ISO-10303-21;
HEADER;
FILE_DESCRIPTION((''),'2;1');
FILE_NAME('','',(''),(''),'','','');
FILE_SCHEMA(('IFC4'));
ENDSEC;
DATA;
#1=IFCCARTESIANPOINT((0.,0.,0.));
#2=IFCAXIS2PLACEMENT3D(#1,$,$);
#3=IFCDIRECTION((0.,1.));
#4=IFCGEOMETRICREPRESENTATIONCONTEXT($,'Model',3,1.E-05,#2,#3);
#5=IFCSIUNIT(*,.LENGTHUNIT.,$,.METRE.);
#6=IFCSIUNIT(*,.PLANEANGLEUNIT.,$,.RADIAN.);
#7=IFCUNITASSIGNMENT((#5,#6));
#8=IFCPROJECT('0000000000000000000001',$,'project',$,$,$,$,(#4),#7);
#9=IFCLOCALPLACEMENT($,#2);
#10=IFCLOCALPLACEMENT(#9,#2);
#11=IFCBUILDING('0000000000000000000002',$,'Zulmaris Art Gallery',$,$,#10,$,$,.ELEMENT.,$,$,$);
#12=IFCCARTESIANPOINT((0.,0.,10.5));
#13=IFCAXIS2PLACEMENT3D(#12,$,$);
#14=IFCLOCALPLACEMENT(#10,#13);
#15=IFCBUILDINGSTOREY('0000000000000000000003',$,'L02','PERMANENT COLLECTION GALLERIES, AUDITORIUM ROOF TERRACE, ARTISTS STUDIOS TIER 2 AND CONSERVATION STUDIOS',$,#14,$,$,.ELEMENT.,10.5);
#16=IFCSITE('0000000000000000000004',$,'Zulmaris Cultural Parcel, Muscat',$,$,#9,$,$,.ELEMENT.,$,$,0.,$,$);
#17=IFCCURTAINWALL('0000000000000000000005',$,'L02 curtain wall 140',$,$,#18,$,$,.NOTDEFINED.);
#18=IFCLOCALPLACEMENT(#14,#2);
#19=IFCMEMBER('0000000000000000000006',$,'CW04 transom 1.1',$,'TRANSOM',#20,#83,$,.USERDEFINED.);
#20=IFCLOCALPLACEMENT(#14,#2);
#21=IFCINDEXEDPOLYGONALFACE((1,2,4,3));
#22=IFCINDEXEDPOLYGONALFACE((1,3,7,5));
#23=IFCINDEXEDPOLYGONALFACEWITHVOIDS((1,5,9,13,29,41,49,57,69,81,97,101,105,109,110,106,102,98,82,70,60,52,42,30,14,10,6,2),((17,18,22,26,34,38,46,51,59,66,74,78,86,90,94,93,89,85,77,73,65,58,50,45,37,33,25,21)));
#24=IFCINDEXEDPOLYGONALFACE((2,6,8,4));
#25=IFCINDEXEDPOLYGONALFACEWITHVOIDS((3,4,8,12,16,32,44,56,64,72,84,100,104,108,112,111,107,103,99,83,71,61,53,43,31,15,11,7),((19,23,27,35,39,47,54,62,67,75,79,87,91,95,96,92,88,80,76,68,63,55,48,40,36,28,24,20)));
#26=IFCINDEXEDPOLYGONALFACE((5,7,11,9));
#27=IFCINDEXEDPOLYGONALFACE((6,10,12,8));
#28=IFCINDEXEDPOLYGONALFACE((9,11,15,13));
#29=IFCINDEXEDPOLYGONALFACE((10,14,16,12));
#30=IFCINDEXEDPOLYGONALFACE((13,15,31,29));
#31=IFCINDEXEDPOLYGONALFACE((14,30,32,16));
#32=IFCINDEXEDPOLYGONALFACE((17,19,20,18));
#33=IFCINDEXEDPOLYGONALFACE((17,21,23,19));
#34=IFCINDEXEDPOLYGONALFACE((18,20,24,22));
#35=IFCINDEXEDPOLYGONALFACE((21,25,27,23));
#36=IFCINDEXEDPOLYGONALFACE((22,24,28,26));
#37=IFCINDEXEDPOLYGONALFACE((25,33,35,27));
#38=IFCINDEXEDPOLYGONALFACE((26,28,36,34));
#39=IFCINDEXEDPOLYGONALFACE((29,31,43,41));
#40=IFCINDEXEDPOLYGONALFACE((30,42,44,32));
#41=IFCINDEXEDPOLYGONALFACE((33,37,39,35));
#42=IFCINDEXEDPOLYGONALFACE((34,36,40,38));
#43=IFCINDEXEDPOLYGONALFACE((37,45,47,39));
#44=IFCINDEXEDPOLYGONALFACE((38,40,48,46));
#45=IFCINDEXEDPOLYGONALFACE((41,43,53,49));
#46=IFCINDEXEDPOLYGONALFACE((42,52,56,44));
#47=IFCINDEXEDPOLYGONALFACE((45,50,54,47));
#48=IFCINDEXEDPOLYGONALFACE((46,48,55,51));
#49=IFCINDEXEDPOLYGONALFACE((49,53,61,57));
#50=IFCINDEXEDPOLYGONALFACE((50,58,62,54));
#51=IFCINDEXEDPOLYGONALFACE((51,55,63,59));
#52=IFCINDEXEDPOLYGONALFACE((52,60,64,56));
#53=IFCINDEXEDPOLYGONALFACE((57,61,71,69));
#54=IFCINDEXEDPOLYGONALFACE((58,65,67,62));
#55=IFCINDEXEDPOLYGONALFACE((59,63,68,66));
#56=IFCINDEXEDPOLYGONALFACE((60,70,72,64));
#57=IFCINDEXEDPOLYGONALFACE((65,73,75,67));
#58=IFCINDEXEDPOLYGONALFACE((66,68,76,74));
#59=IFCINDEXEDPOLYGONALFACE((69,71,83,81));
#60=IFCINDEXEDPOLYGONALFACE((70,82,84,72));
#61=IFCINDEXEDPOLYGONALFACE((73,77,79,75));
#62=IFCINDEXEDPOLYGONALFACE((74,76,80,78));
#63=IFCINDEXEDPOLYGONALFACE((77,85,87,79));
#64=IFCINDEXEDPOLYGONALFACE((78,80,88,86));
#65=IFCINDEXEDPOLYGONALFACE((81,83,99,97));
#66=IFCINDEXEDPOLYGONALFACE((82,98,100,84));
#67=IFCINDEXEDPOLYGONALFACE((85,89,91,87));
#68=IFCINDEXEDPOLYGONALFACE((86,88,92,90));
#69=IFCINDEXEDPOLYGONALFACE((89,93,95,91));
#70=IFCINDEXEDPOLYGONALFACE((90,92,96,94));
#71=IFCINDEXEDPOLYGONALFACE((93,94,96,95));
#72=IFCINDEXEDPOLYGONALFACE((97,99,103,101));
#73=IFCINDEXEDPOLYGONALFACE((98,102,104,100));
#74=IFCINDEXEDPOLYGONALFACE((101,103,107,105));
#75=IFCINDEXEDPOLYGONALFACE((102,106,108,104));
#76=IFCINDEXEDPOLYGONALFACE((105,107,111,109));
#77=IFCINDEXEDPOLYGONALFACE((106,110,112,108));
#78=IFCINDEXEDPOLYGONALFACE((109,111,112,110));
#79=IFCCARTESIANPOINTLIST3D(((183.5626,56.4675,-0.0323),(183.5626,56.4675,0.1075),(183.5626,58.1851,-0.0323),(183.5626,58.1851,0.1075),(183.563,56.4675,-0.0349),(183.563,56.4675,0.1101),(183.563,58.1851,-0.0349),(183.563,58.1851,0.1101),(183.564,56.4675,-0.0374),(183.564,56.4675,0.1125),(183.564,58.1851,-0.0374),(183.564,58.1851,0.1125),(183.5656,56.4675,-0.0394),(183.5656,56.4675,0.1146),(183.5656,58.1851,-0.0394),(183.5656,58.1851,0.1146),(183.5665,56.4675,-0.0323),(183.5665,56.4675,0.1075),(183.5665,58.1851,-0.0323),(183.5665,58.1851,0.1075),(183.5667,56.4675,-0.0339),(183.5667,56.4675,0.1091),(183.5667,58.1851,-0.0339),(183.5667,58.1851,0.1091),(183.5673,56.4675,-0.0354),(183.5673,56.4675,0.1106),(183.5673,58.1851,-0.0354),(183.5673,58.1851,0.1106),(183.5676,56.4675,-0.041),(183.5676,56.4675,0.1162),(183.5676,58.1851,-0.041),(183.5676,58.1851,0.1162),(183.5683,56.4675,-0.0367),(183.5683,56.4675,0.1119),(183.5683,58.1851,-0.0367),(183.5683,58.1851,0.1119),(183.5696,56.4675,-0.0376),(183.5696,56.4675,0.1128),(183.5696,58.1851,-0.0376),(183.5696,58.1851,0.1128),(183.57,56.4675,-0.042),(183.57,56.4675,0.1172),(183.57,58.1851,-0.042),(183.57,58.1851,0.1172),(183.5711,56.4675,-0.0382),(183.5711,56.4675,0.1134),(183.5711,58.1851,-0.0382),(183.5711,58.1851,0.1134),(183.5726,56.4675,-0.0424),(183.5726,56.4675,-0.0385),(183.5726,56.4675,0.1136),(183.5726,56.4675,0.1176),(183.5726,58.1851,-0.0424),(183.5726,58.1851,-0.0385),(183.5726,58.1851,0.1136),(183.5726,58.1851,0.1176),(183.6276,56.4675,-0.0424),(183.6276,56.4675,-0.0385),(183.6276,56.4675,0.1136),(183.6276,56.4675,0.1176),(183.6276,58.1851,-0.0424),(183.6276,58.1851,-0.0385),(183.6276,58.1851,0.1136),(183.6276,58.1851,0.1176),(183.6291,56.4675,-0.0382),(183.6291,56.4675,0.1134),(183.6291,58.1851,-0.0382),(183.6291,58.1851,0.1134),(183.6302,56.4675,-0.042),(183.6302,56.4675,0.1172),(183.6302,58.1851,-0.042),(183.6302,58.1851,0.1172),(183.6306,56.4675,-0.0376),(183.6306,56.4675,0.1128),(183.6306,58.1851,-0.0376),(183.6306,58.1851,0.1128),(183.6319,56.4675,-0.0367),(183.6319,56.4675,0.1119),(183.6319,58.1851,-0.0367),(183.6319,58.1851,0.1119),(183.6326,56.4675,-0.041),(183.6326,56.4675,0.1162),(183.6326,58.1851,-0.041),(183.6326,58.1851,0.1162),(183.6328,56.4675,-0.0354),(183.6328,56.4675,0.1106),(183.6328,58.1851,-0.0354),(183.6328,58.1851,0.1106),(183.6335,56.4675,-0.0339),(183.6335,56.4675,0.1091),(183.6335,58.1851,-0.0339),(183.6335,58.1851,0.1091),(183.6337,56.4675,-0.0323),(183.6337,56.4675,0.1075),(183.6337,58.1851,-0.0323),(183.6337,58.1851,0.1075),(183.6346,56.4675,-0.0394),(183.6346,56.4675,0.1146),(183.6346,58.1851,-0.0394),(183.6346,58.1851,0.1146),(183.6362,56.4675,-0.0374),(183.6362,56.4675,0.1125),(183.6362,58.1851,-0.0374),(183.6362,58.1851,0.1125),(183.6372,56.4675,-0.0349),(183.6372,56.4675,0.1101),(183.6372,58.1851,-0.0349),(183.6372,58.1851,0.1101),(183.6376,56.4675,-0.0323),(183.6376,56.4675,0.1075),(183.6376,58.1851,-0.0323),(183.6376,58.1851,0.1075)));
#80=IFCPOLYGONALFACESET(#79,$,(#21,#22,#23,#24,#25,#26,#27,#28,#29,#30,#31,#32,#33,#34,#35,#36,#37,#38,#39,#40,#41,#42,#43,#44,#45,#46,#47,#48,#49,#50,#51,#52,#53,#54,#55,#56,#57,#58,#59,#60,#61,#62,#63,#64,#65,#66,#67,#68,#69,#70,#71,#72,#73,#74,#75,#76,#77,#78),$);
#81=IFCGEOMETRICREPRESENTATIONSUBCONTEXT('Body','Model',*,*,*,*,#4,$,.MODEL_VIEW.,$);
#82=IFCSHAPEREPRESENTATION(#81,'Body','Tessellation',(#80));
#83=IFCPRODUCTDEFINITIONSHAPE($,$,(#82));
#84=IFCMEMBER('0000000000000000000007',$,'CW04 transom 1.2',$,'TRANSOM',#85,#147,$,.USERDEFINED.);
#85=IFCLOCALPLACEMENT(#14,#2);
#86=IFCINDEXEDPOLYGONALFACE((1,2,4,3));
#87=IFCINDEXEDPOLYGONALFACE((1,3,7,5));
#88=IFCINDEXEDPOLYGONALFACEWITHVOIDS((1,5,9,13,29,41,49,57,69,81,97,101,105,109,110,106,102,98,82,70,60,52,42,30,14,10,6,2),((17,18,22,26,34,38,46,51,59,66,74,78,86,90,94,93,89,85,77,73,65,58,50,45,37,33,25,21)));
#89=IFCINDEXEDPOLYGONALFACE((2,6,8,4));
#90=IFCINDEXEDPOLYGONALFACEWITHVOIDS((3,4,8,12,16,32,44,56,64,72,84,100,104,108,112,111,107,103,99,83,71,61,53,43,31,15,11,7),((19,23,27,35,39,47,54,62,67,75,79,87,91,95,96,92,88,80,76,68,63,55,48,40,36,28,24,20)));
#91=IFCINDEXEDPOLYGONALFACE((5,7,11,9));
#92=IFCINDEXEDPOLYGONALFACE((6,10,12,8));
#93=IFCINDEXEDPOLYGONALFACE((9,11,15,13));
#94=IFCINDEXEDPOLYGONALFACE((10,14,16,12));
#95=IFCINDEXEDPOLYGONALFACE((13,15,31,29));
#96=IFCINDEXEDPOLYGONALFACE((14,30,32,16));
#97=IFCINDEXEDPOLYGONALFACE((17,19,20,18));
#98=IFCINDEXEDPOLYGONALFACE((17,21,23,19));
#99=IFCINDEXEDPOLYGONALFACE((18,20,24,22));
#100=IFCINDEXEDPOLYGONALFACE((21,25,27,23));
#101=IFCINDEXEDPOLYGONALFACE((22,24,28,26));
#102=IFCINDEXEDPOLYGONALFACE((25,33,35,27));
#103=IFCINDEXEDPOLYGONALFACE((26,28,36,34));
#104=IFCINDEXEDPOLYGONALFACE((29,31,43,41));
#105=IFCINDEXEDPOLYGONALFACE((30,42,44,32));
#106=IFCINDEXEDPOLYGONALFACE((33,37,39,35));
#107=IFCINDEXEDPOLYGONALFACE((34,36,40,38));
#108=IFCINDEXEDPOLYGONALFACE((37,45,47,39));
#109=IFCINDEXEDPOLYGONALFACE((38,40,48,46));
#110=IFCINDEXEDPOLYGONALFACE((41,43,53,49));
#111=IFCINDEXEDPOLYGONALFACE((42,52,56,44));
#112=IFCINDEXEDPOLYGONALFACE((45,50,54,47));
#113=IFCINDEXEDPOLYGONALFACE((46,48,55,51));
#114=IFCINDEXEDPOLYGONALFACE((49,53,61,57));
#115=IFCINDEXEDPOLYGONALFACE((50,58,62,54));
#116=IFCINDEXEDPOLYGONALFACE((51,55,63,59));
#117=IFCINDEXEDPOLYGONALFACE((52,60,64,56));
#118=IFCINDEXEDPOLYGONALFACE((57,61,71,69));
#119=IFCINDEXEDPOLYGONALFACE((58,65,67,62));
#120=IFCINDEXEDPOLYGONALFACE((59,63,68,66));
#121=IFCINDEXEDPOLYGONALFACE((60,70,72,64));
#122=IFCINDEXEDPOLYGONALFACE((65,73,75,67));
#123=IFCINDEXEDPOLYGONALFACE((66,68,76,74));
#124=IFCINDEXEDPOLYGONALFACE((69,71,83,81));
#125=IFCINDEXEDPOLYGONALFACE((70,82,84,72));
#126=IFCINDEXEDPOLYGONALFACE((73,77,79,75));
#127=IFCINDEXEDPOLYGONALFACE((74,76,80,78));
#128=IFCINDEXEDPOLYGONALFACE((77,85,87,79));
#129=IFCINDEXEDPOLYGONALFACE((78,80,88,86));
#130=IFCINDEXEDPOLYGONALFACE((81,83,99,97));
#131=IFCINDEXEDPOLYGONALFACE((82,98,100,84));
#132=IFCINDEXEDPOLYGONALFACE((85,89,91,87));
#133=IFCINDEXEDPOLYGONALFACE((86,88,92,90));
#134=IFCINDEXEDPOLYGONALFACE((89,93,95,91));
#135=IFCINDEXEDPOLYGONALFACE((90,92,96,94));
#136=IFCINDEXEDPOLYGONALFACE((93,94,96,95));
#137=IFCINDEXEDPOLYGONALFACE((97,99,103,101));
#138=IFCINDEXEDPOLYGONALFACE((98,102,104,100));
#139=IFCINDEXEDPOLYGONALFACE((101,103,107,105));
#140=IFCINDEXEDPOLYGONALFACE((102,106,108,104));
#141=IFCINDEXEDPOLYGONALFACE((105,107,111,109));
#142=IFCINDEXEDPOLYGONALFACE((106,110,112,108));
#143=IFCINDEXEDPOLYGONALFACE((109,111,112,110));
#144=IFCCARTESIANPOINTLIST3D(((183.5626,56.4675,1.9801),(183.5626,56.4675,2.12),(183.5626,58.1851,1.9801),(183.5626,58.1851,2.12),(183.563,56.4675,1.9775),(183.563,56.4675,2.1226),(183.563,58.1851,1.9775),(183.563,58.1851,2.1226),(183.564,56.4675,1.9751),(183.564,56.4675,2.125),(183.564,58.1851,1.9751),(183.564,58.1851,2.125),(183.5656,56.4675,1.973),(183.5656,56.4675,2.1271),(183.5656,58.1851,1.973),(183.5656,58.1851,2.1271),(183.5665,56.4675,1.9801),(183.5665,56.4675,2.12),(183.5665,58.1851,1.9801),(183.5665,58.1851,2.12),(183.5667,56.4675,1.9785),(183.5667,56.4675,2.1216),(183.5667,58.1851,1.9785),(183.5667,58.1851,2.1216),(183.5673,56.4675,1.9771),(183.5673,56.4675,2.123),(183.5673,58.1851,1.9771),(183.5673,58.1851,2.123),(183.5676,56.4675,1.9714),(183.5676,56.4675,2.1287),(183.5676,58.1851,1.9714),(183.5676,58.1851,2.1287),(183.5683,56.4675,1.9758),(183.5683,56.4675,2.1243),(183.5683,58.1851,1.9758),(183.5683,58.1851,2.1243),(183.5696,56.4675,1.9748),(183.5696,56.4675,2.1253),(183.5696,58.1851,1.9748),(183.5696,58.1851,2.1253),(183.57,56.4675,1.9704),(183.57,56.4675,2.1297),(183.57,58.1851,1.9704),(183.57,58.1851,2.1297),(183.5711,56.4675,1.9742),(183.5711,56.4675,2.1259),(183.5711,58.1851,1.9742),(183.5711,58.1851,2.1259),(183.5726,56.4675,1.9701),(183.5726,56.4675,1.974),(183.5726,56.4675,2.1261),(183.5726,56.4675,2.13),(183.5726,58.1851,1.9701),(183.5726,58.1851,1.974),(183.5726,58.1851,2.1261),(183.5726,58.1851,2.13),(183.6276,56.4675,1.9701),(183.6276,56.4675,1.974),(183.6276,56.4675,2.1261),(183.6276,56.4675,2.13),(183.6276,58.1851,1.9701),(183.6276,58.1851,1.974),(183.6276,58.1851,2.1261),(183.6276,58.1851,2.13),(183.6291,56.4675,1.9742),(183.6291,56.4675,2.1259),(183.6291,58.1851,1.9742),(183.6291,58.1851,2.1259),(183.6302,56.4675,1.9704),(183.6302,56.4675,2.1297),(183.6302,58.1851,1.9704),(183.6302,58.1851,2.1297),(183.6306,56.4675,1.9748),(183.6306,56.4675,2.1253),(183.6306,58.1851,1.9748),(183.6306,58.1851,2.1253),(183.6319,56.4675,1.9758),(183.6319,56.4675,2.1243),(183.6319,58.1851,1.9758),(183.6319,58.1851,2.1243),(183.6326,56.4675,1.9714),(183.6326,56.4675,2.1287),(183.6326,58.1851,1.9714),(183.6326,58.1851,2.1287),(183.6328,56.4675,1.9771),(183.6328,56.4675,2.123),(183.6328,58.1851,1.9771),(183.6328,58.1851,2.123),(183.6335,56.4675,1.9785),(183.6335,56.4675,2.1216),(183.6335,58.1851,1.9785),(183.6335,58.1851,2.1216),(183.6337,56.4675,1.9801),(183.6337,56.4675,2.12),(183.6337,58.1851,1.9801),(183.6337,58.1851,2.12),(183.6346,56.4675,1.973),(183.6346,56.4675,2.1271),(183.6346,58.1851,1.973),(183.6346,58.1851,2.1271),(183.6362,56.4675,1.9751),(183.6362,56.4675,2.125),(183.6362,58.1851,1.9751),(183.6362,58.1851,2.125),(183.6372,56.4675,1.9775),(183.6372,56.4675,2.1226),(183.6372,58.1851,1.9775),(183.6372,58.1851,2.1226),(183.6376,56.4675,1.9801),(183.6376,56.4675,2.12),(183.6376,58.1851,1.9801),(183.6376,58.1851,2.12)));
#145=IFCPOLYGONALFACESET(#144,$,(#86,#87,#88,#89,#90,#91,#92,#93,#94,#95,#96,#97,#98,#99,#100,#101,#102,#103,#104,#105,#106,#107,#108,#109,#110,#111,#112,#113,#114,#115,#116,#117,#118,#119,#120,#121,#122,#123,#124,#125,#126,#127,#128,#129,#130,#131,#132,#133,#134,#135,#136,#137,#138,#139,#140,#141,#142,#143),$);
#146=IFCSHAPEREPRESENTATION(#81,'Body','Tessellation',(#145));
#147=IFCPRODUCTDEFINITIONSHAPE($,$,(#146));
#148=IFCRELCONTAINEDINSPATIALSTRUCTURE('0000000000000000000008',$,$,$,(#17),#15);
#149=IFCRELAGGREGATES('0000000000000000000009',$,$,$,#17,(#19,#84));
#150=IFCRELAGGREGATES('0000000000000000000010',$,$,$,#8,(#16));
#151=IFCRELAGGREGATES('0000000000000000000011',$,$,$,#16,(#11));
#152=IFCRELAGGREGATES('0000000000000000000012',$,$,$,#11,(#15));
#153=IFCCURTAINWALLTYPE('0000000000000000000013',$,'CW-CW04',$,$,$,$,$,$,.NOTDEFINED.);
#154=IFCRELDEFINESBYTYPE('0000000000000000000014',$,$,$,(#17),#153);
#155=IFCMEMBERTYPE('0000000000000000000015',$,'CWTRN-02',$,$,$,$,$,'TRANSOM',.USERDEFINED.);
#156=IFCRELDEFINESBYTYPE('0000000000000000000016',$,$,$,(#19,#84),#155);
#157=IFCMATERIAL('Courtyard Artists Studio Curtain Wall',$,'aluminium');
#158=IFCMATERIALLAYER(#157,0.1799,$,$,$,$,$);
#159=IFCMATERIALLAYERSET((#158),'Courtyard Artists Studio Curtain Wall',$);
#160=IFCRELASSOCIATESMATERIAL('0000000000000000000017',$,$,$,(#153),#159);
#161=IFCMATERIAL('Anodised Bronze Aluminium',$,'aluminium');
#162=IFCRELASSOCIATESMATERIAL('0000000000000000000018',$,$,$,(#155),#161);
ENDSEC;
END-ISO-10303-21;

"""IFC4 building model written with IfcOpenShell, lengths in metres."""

from ifc_helpers import new_model, si_unit, direction, frame, origin, origin_2d, place, context, subcontext, project, spatial, hollow_rectangle, extrude, material, layer, layer_set, material_profile, profile_set, type_object, element, aggregate, save


model = new_model("IFC4")

# Units and contexts
model_context = context("Model", 3, precision=1e-05, world=origin(), true_north=direction((0.0, 1.0)))
body_context = subcontext(model_context, "Body", "Model", "MODEL_VIEW")
ifc_project = project(units=[si_unit("LENGTHUNIT", "METRE"), si_unit("PLANEANGLEUNIT", "RADIAN")], contexts=[model_context])

# Site, building, storey
site_placement = place(None, origin())
site = spatial("IfcSite", under=ifc_project, at=site_placement, Name="Zulmaris Cultural Parcel, Muscat", CompositionType="ELEMENT", RefElevation=0.0)
building_placement = place(site_placement, origin())
building = spatial("IfcBuilding", under=site, at=building_placement, Name="Zulmaris Art Gallery", CompositionType="ELEMENT")
storey_placement = place(building_placement, frame((0.0, 0.0, 10.5)))
storey = spatial("IfcBuildingStorey", under=building, at=storey_placement, Name="L02", Description="PERMANENT COLLECTION GALLERIES, AUDITORIUM ROOF TERRACE, ARTISTS STUDIOS TIER 2 AND CONSERVATION STUDIOS", CompositionType="ELEMENT", Elevation=10.5)

# Curtain wall, members
ifc_material_1 = material(Name="Courtyard Artists Studio Curtain Wall", Category="aluminium")
ifc_layer_1 = layer(ifc_material_1, 0.1799)
ifc_layer_set_1 = layer_set([ifc_layer_1], Name="Courtyard Artists Studio Curtain Wall")
curtain_wall_type = type_object("IfcCurtainWallType", Name="CW-CW04", PredefinedType="NOTDEFINED", material=ifc_layer_set_1)
curtain_wall_placement = place(storey_placement, origin())
curtain_wall = element("IfcCurtainWall", 1, at=curtain_wall_placement, inside=storey, type_object=curtain_wall_type, Name="L02 curtain wall 140", PredefinedType="NOTDEFINED")
ifc_material_2 = material(Name="Anodised Bronze Aluminium", Category="aluminium")
ifc_material_profile_1 = material_profile(ifc_material_2, hollow_rectangle(XDim=0.075, YDim=0.1599, WallThickness=0.0039, InnerFilletRadius=0.0061, OuterFilletRadius=0.01, at=origin_2d()), Name="ALU 75x160x4")
ifc_profile_set_1 = profile_set([ifc_material_profile_1], Name="Anodised Bronze Aluminium")
member_type_1 = type_object("IfcMemberType", Name="CWTRN-02", ElementType="TRANSOM", PredefinedType="USERDEFINED", material=ifc_profile_set_1)
member_1_placement = place(storey_placement, frame((183.6001, 58.1851, 0.0376), z_axis=(0.0, -1.0, 0.0), x_axis=(1.0, 0.0, 0.0)))
member_1 = element("IfcMember", 2, at=member_1_placement, type_object=member_type_1, Name="CW04 transom 1.1", ObjectType="TRANSOM", PredefinedType="USERDEFINED", context=body_context, shape_type="SweptSolid", body=[
    extrude(hollow_rectangle(XDim=0.075, YDim=0.1599, WallThickness=0.0039, InnerFilletRadius=0.0061, OuterFilletRadius=0.01, at=origin_2d()), origin(), (0.0, 0.0, 1.0), 1.7175),
])
member_2_placement = place(storey_placement, frame((183.6001, 58.1851, 2.05), z_axis=(0.0, -1.0, 0.0), x_axis=(1.0, 0.0, 0.0)))
member_2 = element("IfcMember", 3, at=member_2_placement, type_object=member_type_1, Name="CW04 transom 1.2", ObjectType="TRANSOM", PredefinedType="USERDEFINED", context=body_context, shape_type="SweptSolid", body=[
    extrude(hollow_rectangle(XDim=0.075, YDim=0.1599, WallThickness=0.0039, InnerFilletRadius=0.0061, OuterFilletRadius=0.01, at=origin_2d()), origin(), (0.0, 0.0, 1.0), 1.7175),
])
aggregate(curtain_wall, [member_1, member_2])

save(model, "model.ifc")
